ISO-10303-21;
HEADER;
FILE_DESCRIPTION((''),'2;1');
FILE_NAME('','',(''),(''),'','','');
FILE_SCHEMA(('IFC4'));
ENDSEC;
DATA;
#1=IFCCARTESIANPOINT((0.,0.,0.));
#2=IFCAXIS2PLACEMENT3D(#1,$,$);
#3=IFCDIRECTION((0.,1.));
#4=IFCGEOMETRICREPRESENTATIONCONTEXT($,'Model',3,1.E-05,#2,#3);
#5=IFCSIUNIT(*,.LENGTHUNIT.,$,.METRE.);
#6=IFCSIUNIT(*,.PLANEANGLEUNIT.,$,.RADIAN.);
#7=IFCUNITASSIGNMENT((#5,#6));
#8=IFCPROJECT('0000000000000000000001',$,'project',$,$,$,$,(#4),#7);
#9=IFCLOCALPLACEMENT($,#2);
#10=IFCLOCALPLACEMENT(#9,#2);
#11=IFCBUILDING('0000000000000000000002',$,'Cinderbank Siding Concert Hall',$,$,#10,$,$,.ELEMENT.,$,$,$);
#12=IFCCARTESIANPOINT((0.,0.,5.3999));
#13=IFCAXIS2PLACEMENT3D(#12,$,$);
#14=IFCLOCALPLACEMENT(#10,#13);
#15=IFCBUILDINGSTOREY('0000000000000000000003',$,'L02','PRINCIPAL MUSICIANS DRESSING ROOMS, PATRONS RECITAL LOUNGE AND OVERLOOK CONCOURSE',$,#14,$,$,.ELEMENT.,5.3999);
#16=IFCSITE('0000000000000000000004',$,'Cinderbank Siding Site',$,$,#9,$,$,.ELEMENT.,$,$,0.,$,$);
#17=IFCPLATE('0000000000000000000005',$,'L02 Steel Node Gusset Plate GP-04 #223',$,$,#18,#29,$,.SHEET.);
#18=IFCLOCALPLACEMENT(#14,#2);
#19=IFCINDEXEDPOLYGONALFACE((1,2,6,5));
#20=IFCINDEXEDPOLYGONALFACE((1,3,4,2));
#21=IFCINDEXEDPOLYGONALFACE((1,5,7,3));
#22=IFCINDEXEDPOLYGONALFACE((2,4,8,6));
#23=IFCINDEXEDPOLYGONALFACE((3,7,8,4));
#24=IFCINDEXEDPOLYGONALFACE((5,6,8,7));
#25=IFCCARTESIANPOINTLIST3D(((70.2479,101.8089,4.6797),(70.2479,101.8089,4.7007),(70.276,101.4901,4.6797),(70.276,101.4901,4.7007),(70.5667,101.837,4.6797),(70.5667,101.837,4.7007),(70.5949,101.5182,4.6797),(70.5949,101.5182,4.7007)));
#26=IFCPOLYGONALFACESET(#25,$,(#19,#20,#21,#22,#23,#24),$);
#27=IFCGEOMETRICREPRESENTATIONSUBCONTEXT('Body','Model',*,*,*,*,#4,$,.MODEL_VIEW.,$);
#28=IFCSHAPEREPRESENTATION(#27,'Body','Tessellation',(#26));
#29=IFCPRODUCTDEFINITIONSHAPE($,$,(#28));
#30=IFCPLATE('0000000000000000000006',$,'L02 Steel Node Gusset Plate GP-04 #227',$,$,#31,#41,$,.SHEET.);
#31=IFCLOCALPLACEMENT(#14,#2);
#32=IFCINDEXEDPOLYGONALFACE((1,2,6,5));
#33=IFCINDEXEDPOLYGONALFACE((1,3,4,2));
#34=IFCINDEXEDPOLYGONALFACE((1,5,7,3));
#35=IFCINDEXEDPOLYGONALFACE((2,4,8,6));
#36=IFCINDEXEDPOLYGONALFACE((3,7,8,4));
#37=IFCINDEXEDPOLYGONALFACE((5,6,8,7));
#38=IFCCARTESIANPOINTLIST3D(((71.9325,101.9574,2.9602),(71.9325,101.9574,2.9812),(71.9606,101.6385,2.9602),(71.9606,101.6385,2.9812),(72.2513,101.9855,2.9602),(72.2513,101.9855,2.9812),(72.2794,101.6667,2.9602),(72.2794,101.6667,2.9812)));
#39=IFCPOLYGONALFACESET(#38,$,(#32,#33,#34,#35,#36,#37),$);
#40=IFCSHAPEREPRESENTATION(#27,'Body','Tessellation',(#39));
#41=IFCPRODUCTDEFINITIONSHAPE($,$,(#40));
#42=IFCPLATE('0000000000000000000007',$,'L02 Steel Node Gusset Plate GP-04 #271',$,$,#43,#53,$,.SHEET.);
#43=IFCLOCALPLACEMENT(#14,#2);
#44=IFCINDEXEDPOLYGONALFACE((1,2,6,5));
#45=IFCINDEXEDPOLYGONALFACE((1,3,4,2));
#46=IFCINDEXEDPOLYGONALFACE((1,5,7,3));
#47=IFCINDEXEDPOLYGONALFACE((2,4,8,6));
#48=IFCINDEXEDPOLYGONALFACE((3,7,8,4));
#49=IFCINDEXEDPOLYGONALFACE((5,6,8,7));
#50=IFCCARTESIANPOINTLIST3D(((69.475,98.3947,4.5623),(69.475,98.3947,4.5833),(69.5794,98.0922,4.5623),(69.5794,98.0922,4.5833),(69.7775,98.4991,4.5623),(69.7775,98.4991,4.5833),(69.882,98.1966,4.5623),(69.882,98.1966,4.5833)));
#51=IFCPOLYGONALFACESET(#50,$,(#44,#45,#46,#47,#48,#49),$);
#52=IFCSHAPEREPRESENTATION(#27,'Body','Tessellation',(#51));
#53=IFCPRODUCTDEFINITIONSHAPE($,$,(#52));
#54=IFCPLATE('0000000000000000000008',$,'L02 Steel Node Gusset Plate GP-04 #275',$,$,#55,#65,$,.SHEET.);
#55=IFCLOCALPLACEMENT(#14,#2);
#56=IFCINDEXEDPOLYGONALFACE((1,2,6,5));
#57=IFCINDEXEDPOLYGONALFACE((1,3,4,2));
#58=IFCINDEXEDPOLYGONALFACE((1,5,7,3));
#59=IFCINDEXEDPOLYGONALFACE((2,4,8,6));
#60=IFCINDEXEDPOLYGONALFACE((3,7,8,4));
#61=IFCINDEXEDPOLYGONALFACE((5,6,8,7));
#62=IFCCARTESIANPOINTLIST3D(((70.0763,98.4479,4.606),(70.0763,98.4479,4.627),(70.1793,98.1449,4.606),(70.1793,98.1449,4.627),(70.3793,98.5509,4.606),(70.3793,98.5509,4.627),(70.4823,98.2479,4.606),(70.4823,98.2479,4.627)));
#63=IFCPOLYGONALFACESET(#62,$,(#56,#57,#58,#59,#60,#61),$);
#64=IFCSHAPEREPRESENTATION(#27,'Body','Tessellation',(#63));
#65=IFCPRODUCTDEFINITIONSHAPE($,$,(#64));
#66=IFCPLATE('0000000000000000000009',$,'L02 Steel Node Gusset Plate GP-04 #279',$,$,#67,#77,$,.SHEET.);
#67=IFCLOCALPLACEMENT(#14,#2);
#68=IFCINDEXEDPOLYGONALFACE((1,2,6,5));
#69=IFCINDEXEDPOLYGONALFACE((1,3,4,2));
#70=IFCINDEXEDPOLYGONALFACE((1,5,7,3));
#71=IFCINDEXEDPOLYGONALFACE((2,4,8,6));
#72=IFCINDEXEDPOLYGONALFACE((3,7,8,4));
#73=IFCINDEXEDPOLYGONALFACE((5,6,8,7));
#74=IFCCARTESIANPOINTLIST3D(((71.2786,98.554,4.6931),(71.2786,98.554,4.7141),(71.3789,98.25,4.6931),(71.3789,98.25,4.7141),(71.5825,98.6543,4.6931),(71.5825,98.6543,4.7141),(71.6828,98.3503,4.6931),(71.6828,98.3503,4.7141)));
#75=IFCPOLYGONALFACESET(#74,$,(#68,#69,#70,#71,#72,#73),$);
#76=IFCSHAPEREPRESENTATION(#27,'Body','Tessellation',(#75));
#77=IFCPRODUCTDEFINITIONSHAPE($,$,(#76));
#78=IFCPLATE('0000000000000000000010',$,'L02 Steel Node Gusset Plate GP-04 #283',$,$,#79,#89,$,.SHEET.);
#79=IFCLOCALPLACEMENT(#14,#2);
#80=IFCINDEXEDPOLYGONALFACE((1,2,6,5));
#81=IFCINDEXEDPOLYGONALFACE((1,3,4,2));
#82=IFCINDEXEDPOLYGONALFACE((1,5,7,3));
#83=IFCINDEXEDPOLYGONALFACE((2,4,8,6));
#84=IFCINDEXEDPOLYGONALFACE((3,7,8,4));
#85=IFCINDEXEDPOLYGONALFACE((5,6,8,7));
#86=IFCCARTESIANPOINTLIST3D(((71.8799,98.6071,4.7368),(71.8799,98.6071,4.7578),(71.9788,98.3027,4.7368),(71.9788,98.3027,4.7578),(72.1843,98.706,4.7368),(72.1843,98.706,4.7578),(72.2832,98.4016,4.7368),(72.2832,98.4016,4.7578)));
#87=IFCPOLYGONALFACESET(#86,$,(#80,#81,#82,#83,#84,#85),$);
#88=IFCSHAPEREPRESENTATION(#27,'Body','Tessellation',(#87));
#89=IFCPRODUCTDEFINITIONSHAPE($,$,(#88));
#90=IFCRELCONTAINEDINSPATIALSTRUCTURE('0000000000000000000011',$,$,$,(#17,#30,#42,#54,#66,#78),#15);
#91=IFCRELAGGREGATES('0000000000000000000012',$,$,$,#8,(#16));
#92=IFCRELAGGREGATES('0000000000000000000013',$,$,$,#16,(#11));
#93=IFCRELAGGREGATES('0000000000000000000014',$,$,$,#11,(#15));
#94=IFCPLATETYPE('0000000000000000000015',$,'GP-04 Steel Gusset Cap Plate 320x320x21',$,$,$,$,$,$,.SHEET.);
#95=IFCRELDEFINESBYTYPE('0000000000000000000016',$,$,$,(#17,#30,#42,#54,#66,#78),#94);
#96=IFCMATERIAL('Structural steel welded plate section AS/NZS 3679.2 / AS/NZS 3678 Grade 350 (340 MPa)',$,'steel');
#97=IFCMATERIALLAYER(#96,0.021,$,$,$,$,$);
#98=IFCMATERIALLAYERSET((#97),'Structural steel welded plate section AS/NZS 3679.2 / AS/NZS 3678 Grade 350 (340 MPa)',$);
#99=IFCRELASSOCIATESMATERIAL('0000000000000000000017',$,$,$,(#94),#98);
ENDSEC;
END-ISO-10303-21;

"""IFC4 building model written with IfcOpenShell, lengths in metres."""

from ifc_helpers import new_model, si_unit, direction, frame, origin, origin_2d, place, context, subcontext, project, spatial, rectangle, extrude, material, layer, layer_set, type_object, element, save


model = new_model("IFC4")

# Units and contexts
model_context = context("Model", 3, precision=1e-05, world=origin(), true_north=direction((0.0, 1.0)))
body_context = subcontext(model_context, "Body", "Model", "MODEL_VIEW")
ifc_project = project(units=[si_unit("LENGTHUNIT", "METRE"), si_unit("PLANEANGLEUNIT", "RADIAN")], contexts=[model_context])

# Site, building, storey
site_placement = place(None, origin())
site = spatial("IfcSite", under=ifc_project, at=site_placement, Name="Cinderbank Siding Site", CompositionType="ELEMENT", RefElevation=0.0)
building_placement = place(site_placement, origin())
building = spatial("IfcBuilding", under=site, at=building_placement, Name="Cinderbank Siding Concert Hall", CompositionType="ELEMENT")
storey_placement = place(building_placement, frame((0.0, 0.0, 5.3999)))
storey = spatial("IfcBuildingStorey", under=building, at=storey_placement, Name="L02", Description="PRINCIPAL MUSICIANS DRESSING ROOMS, PATRONS RECITAL LOUNGE AND OVERLOOK CONCOURSE", CompositionType="ELEMENT", Elevation=5.3999)

# Plates
ifc_material_1 = material(Name="Structural steel welded plate section AS/NZS 3679.2 / AS/NZS 3678 Grade 350 (340 MPa)", Category="steel")
ifc_layer_1 = layer(ifc_material_1, 0.021)
ifc_layer_set_1 = layer_set([ifc_layer_1], Name="Structural steel welded plate section AS/NZS 3679.2 / AS/NZS 3678 Grade 350 (340 MPa)")
plate_type_1 = type_object("IfcPlateType", Name="GP-04 Steel Gusset Cap Plate 320x320x21", PredefinedType="SHEET", material=ifc_layer_set_1)
for number, where, z_axis, x_axis, name in (
    (1, (70.4214, 101.6636, 4.6797), (0.0, 0.0, 1.0), (0.996134, 0.087851, 0.0), "L02 Steel Node Gusset Plate GP-04 #223"),
    (2, (72.106, 101.812, 2.9602), (0.0, 0.0, 1.0), (0.996134, 0.087851, 0.0), "L02 Steel Node Gusset Plate GP-04 #227"),
    (3, (69.6785, 98.2957, 4.5623), (0.0, 0.0, 1.0), (0.326228, -0.945291, 0.0), "L02 Steel Node Gusset Plate GP-04 #271"),
    (4, (70.2793, 98.3479, 4.606), (0.0, 0.0, 1.0), (0.321935, -0.946762, 0.0), "L02 Steel Node Gusset Plate GP-04 #275"),
    (5, (71.4807, 98.4521, 4.6931), (0.0, 0.0, 1.0), (0.31333, -0.949644, 0.0), "L02 Steel Node Gusset Plate GP-04 #279"),
    (6, (72.0815, 98.5044, 4.7368), (0.0, 0.0, 1.0), (0.309017, -0.951057, 0.0), "L02 Steel Node Gusset Plate GP-04 #283"),
):
    element("IfcPlate", number, at=place(storey_placement, frame(where, z_axis=z_axis, x_axis=x_axis)), inside=storey, type_object=plate_type_1, Name=name, PredefinedType="SHEET", context=body_context, shape_type="SweptSolid", body=[
        extrude(rectangle(XDim=0.3201, YDim=0.3201, at=origin_2d()), origin(), (0.0, 0.0, 1.0), 0.021),
    ])

save(model, "model.ifc")
